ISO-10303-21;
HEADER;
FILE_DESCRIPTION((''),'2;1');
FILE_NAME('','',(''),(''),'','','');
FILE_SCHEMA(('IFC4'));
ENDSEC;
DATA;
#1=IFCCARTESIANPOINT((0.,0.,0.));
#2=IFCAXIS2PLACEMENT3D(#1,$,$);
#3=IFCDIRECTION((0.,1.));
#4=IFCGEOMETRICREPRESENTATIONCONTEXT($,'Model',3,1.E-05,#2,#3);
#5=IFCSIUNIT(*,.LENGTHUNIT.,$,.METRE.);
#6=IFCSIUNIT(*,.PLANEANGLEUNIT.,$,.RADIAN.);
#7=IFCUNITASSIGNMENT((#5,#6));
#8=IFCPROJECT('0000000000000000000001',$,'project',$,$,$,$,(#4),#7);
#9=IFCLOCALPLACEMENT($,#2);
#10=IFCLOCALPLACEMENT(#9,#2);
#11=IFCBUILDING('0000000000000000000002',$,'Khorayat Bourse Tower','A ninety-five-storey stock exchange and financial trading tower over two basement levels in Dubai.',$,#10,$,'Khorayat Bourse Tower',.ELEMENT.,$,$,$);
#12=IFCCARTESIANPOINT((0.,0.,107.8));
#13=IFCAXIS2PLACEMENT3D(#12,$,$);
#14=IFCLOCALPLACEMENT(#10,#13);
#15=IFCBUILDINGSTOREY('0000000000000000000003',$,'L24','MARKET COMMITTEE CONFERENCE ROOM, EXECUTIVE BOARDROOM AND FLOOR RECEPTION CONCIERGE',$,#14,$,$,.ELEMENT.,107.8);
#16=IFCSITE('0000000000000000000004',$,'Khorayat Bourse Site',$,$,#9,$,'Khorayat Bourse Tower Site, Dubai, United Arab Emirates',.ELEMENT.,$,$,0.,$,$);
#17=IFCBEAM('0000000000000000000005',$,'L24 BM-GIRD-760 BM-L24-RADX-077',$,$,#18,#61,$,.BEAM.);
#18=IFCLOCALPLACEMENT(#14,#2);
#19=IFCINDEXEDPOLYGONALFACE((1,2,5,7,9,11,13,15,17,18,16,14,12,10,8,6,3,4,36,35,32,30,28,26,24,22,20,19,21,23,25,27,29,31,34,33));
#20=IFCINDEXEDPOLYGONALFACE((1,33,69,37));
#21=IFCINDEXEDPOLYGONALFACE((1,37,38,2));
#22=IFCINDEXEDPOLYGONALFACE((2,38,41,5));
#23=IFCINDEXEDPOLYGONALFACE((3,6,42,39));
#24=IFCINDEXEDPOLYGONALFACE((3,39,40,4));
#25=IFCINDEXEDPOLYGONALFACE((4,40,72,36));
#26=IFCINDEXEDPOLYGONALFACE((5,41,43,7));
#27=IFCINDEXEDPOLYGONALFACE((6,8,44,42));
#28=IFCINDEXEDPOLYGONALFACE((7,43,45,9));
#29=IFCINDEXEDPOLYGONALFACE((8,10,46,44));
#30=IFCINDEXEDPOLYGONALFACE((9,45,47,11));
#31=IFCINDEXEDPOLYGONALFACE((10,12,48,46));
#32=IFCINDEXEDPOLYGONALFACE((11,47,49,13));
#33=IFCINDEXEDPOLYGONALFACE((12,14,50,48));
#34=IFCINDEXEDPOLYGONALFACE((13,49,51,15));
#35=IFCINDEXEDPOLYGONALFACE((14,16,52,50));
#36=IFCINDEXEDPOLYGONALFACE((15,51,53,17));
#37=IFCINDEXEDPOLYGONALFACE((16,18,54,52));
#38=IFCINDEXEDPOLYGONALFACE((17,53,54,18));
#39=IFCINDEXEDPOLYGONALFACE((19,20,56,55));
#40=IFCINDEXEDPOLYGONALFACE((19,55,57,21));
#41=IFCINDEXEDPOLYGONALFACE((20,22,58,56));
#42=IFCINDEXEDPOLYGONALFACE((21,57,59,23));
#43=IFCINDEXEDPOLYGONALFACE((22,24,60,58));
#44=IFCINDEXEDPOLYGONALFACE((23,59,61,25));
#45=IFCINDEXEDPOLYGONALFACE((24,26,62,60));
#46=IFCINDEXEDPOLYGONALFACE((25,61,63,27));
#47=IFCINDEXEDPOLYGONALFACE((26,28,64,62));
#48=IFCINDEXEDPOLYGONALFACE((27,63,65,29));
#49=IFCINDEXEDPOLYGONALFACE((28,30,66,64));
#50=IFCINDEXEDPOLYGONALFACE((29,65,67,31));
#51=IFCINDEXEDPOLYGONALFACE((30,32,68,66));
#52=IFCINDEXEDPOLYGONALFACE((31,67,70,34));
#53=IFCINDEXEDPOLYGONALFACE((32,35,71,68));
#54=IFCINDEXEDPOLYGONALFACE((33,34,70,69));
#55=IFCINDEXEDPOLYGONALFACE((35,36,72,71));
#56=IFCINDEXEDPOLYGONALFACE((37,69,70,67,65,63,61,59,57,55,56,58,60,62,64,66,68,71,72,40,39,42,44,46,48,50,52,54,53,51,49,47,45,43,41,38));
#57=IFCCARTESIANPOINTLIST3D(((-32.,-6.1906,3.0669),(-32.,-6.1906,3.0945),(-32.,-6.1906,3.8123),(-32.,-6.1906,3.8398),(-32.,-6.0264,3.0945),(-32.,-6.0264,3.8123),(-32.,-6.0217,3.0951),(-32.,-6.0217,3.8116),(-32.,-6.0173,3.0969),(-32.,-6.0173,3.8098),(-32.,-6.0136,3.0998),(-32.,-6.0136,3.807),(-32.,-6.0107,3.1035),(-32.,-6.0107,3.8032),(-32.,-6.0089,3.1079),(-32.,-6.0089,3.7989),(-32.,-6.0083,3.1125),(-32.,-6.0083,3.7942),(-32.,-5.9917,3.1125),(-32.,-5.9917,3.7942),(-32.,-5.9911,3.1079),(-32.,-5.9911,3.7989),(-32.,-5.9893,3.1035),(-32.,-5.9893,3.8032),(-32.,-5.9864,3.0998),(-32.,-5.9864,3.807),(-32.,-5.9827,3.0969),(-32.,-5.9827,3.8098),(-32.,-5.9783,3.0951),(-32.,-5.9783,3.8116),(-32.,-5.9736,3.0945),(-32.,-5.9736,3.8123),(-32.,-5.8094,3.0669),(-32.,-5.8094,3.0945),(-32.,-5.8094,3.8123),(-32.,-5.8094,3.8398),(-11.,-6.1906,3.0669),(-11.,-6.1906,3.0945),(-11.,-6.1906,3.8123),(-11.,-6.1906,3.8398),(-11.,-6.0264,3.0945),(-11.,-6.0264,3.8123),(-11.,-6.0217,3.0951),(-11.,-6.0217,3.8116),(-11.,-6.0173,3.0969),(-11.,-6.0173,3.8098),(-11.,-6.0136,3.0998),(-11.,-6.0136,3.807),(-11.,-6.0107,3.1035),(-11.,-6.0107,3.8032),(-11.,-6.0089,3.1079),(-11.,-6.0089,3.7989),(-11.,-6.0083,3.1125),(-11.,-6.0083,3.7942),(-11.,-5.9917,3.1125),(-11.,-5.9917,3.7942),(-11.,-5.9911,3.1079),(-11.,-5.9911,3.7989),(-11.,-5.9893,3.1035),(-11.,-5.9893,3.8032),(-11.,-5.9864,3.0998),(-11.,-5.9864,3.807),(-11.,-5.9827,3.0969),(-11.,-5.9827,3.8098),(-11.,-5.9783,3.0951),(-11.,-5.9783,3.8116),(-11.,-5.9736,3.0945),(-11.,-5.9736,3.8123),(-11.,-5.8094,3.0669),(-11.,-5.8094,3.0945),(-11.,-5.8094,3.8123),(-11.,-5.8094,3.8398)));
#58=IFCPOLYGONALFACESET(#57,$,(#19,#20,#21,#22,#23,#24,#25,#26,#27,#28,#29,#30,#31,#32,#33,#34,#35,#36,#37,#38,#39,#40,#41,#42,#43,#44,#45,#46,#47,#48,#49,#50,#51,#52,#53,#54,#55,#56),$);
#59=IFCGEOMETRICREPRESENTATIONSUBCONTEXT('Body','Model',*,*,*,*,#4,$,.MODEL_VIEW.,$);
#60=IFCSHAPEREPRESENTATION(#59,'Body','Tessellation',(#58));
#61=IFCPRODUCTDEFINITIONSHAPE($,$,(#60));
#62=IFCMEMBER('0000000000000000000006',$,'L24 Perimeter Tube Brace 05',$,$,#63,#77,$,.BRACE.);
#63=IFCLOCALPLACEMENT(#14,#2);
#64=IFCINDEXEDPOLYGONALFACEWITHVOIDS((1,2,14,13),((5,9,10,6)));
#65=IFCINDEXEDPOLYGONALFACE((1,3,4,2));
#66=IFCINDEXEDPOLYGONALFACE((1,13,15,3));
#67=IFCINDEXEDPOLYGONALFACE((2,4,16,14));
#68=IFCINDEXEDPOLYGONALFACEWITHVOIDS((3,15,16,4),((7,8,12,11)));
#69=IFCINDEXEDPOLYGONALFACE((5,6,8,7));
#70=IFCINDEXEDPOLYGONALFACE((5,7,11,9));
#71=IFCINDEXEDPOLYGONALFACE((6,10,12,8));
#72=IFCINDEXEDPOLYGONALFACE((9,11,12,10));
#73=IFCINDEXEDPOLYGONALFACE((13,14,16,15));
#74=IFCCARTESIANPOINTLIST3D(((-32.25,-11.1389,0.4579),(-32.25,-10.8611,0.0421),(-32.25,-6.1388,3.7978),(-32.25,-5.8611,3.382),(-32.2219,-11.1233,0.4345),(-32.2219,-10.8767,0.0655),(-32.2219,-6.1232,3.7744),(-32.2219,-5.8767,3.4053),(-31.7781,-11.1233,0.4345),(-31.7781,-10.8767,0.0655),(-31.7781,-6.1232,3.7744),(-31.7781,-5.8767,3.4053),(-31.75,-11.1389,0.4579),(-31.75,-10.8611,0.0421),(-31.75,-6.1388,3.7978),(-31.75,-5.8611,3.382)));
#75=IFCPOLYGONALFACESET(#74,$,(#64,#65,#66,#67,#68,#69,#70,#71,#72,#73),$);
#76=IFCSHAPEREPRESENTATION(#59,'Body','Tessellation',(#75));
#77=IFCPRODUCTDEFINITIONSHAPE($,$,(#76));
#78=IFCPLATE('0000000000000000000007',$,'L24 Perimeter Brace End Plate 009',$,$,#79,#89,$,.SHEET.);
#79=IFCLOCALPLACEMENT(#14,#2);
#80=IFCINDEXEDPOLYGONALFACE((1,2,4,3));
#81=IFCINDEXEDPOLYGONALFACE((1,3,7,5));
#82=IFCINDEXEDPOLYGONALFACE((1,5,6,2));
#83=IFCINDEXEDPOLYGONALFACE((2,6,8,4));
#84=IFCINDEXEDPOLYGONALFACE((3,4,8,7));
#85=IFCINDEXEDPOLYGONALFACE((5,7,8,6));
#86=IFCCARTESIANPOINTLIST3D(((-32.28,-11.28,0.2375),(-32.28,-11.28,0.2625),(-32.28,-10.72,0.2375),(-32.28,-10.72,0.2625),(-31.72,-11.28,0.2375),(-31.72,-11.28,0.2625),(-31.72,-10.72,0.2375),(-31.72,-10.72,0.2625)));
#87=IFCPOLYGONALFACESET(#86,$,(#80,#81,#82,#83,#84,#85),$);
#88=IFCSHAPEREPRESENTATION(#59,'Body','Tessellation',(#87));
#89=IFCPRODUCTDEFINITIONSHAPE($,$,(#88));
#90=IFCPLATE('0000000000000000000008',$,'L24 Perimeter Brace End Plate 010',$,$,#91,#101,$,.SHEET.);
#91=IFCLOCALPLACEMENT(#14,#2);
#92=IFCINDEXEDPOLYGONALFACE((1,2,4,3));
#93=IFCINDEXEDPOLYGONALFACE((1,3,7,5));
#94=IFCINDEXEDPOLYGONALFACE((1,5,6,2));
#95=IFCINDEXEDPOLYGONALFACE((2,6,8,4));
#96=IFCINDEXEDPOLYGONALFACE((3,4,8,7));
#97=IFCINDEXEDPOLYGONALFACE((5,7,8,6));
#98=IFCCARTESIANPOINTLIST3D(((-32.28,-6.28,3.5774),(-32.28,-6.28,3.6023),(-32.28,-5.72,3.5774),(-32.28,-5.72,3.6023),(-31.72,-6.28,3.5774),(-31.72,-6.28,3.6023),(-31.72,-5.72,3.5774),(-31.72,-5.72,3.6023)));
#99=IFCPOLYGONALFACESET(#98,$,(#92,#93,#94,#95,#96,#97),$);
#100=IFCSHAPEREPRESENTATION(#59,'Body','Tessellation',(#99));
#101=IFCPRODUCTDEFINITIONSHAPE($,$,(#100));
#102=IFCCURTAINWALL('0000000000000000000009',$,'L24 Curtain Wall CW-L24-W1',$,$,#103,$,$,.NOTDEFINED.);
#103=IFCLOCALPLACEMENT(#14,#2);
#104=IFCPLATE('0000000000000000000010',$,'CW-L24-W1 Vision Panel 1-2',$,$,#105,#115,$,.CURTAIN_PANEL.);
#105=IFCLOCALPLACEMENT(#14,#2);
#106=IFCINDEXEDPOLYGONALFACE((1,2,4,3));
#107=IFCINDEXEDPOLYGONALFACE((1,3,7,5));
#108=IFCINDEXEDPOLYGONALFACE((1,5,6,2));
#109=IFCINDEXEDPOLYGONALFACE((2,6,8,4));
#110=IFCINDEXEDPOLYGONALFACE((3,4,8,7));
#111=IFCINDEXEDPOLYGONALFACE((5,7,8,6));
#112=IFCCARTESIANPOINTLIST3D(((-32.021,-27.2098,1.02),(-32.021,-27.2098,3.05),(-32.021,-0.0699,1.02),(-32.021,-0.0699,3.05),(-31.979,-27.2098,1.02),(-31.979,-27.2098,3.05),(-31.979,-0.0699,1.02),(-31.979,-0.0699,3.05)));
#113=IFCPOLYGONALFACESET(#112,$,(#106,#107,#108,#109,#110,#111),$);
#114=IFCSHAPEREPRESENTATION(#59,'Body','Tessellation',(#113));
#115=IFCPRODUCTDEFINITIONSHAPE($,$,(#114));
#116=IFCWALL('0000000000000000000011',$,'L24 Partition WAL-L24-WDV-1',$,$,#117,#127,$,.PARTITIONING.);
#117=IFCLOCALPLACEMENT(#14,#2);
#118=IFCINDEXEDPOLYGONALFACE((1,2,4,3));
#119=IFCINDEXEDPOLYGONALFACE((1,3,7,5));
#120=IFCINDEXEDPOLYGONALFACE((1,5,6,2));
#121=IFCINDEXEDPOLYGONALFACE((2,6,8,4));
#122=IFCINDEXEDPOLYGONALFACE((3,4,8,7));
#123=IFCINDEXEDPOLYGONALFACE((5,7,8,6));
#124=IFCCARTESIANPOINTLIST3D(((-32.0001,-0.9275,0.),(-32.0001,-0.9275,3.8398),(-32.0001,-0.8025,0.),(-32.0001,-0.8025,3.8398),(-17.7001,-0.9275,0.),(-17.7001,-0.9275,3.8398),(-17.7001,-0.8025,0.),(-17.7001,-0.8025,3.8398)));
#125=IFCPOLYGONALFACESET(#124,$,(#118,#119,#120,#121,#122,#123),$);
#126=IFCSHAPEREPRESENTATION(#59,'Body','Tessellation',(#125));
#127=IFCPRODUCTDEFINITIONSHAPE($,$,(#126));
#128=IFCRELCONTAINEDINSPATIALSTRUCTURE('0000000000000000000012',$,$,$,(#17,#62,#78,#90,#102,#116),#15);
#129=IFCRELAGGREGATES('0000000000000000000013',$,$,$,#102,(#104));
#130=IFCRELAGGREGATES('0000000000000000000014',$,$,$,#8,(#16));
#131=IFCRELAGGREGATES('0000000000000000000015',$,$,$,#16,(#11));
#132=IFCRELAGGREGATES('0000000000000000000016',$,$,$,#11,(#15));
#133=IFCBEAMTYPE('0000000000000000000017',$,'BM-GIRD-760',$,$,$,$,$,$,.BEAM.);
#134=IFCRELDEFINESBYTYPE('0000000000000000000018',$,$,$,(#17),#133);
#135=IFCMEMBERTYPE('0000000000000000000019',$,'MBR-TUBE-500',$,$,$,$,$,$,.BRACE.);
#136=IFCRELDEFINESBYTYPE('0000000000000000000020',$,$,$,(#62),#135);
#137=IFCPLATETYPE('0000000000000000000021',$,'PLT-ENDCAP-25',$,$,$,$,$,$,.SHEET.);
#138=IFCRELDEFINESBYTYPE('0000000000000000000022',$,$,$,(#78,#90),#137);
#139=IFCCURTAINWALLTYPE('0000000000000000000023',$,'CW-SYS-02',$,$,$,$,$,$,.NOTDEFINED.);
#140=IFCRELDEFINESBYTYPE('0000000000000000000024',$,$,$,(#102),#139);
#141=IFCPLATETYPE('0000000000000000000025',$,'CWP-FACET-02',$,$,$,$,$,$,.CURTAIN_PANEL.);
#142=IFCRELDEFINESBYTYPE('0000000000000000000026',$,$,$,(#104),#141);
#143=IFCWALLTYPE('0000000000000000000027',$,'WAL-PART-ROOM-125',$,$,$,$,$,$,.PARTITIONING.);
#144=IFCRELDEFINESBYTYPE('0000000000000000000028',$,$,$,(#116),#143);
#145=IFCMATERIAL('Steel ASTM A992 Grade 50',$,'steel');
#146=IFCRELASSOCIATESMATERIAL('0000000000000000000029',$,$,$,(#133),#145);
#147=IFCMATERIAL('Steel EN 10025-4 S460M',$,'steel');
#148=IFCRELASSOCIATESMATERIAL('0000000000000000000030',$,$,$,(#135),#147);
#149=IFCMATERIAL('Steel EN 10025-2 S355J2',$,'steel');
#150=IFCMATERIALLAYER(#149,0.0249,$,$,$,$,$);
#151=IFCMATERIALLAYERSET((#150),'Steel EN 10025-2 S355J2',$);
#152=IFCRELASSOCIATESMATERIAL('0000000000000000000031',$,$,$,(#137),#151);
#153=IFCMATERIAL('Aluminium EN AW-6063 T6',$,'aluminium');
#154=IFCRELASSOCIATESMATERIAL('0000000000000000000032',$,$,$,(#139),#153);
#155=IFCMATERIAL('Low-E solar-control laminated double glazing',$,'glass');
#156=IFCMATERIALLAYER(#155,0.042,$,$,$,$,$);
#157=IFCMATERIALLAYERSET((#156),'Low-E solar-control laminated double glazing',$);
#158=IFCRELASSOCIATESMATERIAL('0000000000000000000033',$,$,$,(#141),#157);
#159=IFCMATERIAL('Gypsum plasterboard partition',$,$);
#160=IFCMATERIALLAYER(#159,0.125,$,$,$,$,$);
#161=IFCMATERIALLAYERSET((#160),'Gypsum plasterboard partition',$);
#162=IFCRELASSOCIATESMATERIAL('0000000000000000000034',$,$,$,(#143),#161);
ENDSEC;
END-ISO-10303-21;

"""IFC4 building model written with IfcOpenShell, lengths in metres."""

from ifc_helpers import new_model, si_unit, direction, frame, frame_2d, origin, origin_2d, place, context, subcontext, project, spatial, rectangle, hollow_rectangle, i_section, extrude, source, transform, mapped, material, layer, layer_set, material_profile, profile_set, type_object, element, aggregate, save


model = new_model("IFC4")

# Units and contexts
model_context = context("Model", 3, precision=1e-05, world=origin(), true_north=direction((0.0, 1.0)))
body_context = subcontext(model_context, "Body", "Model", "MODEL_VIEW")
ifc_project = project(units=[si_unit("LENGTHUNIT", "METRE"), si_unit("PLANEANGLEUNIT", "RADIAN")], contexts=[model_context])

# Site, building, storey
site_placement = place(None, origin())
site = spatial("IfcSite", under=ifc_project, at=site_placement, Name="Khorayat Bourse Site", LongName="Khorayat Bourse Tower Site, Dubai, United Arab Emirates", CompositionType="ELEMENT", RefElevation=0.0)
building_placement = place(site_placement, origin())
building = spatial("IfcBuilding", under=site, at=building_placement, Name="Khorayat Bourse Tower", Description="A ninety-five-storey stock exchange and financial trading tower over two basement levels in Dubai.", LongName="Khorayat Bourse Tower", CompositionType="ELEMENT")
storey_placement = place(building_placement, frame((0.0, 0.0, 107.8)))
storey = spatial("IfcBuildingStorey", under=building, at=storey_placement, Name="L24", Description="MARKET COMMITTEE CONFERENCE ROOM, EXECUTIVE BOARDROOM AND FLOOR RECEPTION CONCIERGE", CompositionType="ELEMENT", Elevation=107.8)

# Shared definitions
ifc_material_1 = material(Name="Steel EN 10025-4 S460M", Category="steel")

# Beam
ifc_material_2 = material(Name="Steel ASTM A992 Grade 50", Category="steel")
ifc_material_profile_1 = material_profile(ifc_material_2, i_section(OverallWidth=0.3811, OverallDepth=0.7729, WebThickness=0.0166, FlangeThickness=0.0276, FilletRadius=0.0181, at=origin_2d()), Name="W760X257")
ifc_profile_set_1 = profile_set([ifc_material_profile_1], Name="Steel ASTM A992 Grade 50")
beam_type_1 = type_object("IfcBeamType", Name="BM-GIRD-760", PredefinedType="BEAM", material=ifc_profile_set_1)
shared_shape_1 = source(origin(), body_context, "Body", "SweptSolid", [
    extrude(i_section(OverallWidth=0.3811, OverallDepth=0.7729, WebThickness=0.0166, FlangeThickness=0.0276, FilletRadius=0.0181, at=origin_2d()), origin(), (0.0, 0.0, 1.0), 21.0),
])
for number, where, z_axis, x_axis, name in (
    (1, (-32.0, -6.0, 3.4534), (1.0, 0.0, 0.0), (0.0, 1.0, 0.0), "L24 BM-GIRD-760 BM-L24-RADX-077"),
):
    element("IfcBeam", number, at=place(storey_placement, frame(where, z_axis=z_axis, x_axis=x_axis)), inside=storey, type_object=beam_type_1, Name=name, PredefinedType="BEAM", context=body_context, shape_type="MappedRepresentation", body=[
        mapped(shared_shape_1, transform((0.0, 0.0, 0.0), scale=1.0)),
    ])

# Member
ifc_material_profile_2 = material_profile(ifc_material_1, hollow_rectangle(XDim=0.5, YDim=0.5, WallThickness=0.0281, at=origin_2d()), Name="HSS 500x500x28")
ifc_profile_set_2 = profile_set([ifc_material_profile_2], Name="Steel EN 10025-4 S460M")
member_type = type_object("IfcMemberType", Name="MBR-TUBE-500", PredefinedType="BRACE", material=ifc_profile_set_2)
shared_shape_2 = source(origin(), body_context, "Body", "SweptSolid", [
    extrude(hollow_rectangle(XDim=0.5, YDim=0.5, WallThickness=0.0281, at=origin_2d()), origin(), (0.0, 0.0, 1.0), 6.0129),
])
member_placement = place(storey_placement, frame((-32.0, -11.0, 0.25), z_axis=(0.0, 0.83155, 0.55545), x_axis=(-1.0, 0.0, 0.0)))
element("IfcMember", 2, at=member_placement, inside=storey, type_object=member_type, Name="L24 Perimeter Tube Brace 05", PredefinedType="BRACE", context=body_context, shape_type="MappedRepresentation", body=[
    mapped(shared_shape_2, transform((0.0, 0.0, 0.0), scale=1.0)),
])

# Plates
ifc_material_3 = material(Name="Steel EN 10025-2 S355J2", Category="steel")
ifc_layer_1 = layer(ifc_material_3, 0.0249)
ifc_layer_set_1 = layer_set([ifc_layer_1], Name="Steel EN 10025-2 S355J2")
plate_type_1 = type_object("IfcPlateType", Name="PLT-ENDCAP-25", PredefinedType="SHEET", material=ifc_layer_set_1)
shared_shape_3 = source(origin(), body_context, "Body", "SweptSolid", [
    extrude(rectangle(XDim=0.5601, YDim=0.5601, at=origin_2d()), origin(), (0.0, 0.0, 1.0), 0.0249),
])
for number, where, z_axis, x_axis, name in (
    (3, (-32.0, -11.0, 0.2375), (0.0, 0.0, 1.0), (1.0, 0.0, 0.0), "L24 Perimeter Brace End Plate 009"),
    (4, (-32.0, -6.0, 3.5774), (0.0, 0.0, 1.0), (1.0, 0.0, 0.0), "L24 Perimeter Brace End Plate 010"),
):
    element("IfcPlate", number, at=place(storey_placement, frame(where, z_axis=z_axis, x_axis=x_axis)), inside=storey, type_object=plate_type_1, Name=name, PredefinedType="SHEET", context=body_context, shape_type="MappedRepresentation", body=[
        mapped(shared_shape_3, transform((0.0, 0.0, 0.0), scale=1.0)),
    ])

# Curtain wall, plate
ifc_material_4 = material(Name="Aluminium EN AW-6063 T6", Category="aluminium")
curtain_wall_type = type_object("IfcCurtainWallType", Name="CW-SYS-02", PredefinedType="NOTDEFINED", material=ifc_material_4)
curtain_wall_placement = place(storey_placement, origin())
curtain_wall = element("IfcCurtainWall", 5, at=curtain_wall_placement, inside=storey, type_object=curtain_wall_type, Name="L24 Curtain Wall CW-L24-W1", PredefinedType="NOTDEFINED")
ifc_material_5 = material(Name="Low-E solar-control laminated double glazing", Category="glass")
ifc_layer_2 = layer(ifc_material_5, 0.042)
ifc_layer_set_2 = layer_set([ifc_layer_2], Name="Low-E solar-control laminated double glazing")
plate_type_2 = type_object("IfcPlateType", Name="CWP-FACET-02", PredefinedType="CURTAIN_PANEL", material=ifc_layer_set_2)
shared_shape_4 = source(origin(), body_context, "Body", "SweptSolid", [
    extrude(rectangle(XDim=27.1399, YDim=0.042, at=origin_2d()), origin(), (0.0, 0.0, 1.0), 2.03),
])
plate_placement = place(storey_placement, frame((-32.0, -13.6399, 1.02), z_axis=(0.0, 0.0, 1.0), x_axis=(0.0, 1.0, 0.0)))
plate = element("IfcPlate", 6, at=plate_placement, type_object=plate_type_2, Name="CW-L24-W1 Vision Panel 1-2", PredefinedType="CURTAIN_PANEL", context=body_context, shape_type="MappedRepresentation", body=[
    mapped(shared_shape_4, transform((0.0, 0.0, 0.0), scale=1.0)),
])
aggregate(curtain_wall, [plate])

# Wall
ifc_material_6 = material(Name="Gypsum plasterboard partition")
ifc_layer_3 = layer(ifc_material_6, 0.125)
ifc_layer_set_3 = layer_set([ifc_layer_3], Name="Gypsum plasterboard partition")
wall_type = type_object("IfcWallType", Name="WAL-PART-ROOM-125", PredefinedType="PARTITIONING", material=ifc_layer_set_3)
shared_shape_5 = source(origin(), body_context, "Body", "SweptSolid", [
    extrude(rectangle(XDim=14.3, YDim=0.125, at=frame_2d((7.1499, 0.0))), origin(), (0.0, 0.0, 1.0), 3.8398),
])
wall_placement = place(storey_placement, frame((-32.0, -0.865, 0.0), z_axis=(0.0, 0.0, 1.0), x_axis=(1.0, 0.0, 0.0)))
element("IfcWall", 7, at=wall_placement, inside=storey, type_object=wall_type, Name="L24 Partition WAL-L24-WDV-1", PredefinedType="PARTITIONING", context=body_context, shape_type="MappedRepresentation", body=[
    mapped(shared_shape_5, transform((0.0, 0.0, 0.0), scale=1.0)),
])

save(model, "model.ifc")
